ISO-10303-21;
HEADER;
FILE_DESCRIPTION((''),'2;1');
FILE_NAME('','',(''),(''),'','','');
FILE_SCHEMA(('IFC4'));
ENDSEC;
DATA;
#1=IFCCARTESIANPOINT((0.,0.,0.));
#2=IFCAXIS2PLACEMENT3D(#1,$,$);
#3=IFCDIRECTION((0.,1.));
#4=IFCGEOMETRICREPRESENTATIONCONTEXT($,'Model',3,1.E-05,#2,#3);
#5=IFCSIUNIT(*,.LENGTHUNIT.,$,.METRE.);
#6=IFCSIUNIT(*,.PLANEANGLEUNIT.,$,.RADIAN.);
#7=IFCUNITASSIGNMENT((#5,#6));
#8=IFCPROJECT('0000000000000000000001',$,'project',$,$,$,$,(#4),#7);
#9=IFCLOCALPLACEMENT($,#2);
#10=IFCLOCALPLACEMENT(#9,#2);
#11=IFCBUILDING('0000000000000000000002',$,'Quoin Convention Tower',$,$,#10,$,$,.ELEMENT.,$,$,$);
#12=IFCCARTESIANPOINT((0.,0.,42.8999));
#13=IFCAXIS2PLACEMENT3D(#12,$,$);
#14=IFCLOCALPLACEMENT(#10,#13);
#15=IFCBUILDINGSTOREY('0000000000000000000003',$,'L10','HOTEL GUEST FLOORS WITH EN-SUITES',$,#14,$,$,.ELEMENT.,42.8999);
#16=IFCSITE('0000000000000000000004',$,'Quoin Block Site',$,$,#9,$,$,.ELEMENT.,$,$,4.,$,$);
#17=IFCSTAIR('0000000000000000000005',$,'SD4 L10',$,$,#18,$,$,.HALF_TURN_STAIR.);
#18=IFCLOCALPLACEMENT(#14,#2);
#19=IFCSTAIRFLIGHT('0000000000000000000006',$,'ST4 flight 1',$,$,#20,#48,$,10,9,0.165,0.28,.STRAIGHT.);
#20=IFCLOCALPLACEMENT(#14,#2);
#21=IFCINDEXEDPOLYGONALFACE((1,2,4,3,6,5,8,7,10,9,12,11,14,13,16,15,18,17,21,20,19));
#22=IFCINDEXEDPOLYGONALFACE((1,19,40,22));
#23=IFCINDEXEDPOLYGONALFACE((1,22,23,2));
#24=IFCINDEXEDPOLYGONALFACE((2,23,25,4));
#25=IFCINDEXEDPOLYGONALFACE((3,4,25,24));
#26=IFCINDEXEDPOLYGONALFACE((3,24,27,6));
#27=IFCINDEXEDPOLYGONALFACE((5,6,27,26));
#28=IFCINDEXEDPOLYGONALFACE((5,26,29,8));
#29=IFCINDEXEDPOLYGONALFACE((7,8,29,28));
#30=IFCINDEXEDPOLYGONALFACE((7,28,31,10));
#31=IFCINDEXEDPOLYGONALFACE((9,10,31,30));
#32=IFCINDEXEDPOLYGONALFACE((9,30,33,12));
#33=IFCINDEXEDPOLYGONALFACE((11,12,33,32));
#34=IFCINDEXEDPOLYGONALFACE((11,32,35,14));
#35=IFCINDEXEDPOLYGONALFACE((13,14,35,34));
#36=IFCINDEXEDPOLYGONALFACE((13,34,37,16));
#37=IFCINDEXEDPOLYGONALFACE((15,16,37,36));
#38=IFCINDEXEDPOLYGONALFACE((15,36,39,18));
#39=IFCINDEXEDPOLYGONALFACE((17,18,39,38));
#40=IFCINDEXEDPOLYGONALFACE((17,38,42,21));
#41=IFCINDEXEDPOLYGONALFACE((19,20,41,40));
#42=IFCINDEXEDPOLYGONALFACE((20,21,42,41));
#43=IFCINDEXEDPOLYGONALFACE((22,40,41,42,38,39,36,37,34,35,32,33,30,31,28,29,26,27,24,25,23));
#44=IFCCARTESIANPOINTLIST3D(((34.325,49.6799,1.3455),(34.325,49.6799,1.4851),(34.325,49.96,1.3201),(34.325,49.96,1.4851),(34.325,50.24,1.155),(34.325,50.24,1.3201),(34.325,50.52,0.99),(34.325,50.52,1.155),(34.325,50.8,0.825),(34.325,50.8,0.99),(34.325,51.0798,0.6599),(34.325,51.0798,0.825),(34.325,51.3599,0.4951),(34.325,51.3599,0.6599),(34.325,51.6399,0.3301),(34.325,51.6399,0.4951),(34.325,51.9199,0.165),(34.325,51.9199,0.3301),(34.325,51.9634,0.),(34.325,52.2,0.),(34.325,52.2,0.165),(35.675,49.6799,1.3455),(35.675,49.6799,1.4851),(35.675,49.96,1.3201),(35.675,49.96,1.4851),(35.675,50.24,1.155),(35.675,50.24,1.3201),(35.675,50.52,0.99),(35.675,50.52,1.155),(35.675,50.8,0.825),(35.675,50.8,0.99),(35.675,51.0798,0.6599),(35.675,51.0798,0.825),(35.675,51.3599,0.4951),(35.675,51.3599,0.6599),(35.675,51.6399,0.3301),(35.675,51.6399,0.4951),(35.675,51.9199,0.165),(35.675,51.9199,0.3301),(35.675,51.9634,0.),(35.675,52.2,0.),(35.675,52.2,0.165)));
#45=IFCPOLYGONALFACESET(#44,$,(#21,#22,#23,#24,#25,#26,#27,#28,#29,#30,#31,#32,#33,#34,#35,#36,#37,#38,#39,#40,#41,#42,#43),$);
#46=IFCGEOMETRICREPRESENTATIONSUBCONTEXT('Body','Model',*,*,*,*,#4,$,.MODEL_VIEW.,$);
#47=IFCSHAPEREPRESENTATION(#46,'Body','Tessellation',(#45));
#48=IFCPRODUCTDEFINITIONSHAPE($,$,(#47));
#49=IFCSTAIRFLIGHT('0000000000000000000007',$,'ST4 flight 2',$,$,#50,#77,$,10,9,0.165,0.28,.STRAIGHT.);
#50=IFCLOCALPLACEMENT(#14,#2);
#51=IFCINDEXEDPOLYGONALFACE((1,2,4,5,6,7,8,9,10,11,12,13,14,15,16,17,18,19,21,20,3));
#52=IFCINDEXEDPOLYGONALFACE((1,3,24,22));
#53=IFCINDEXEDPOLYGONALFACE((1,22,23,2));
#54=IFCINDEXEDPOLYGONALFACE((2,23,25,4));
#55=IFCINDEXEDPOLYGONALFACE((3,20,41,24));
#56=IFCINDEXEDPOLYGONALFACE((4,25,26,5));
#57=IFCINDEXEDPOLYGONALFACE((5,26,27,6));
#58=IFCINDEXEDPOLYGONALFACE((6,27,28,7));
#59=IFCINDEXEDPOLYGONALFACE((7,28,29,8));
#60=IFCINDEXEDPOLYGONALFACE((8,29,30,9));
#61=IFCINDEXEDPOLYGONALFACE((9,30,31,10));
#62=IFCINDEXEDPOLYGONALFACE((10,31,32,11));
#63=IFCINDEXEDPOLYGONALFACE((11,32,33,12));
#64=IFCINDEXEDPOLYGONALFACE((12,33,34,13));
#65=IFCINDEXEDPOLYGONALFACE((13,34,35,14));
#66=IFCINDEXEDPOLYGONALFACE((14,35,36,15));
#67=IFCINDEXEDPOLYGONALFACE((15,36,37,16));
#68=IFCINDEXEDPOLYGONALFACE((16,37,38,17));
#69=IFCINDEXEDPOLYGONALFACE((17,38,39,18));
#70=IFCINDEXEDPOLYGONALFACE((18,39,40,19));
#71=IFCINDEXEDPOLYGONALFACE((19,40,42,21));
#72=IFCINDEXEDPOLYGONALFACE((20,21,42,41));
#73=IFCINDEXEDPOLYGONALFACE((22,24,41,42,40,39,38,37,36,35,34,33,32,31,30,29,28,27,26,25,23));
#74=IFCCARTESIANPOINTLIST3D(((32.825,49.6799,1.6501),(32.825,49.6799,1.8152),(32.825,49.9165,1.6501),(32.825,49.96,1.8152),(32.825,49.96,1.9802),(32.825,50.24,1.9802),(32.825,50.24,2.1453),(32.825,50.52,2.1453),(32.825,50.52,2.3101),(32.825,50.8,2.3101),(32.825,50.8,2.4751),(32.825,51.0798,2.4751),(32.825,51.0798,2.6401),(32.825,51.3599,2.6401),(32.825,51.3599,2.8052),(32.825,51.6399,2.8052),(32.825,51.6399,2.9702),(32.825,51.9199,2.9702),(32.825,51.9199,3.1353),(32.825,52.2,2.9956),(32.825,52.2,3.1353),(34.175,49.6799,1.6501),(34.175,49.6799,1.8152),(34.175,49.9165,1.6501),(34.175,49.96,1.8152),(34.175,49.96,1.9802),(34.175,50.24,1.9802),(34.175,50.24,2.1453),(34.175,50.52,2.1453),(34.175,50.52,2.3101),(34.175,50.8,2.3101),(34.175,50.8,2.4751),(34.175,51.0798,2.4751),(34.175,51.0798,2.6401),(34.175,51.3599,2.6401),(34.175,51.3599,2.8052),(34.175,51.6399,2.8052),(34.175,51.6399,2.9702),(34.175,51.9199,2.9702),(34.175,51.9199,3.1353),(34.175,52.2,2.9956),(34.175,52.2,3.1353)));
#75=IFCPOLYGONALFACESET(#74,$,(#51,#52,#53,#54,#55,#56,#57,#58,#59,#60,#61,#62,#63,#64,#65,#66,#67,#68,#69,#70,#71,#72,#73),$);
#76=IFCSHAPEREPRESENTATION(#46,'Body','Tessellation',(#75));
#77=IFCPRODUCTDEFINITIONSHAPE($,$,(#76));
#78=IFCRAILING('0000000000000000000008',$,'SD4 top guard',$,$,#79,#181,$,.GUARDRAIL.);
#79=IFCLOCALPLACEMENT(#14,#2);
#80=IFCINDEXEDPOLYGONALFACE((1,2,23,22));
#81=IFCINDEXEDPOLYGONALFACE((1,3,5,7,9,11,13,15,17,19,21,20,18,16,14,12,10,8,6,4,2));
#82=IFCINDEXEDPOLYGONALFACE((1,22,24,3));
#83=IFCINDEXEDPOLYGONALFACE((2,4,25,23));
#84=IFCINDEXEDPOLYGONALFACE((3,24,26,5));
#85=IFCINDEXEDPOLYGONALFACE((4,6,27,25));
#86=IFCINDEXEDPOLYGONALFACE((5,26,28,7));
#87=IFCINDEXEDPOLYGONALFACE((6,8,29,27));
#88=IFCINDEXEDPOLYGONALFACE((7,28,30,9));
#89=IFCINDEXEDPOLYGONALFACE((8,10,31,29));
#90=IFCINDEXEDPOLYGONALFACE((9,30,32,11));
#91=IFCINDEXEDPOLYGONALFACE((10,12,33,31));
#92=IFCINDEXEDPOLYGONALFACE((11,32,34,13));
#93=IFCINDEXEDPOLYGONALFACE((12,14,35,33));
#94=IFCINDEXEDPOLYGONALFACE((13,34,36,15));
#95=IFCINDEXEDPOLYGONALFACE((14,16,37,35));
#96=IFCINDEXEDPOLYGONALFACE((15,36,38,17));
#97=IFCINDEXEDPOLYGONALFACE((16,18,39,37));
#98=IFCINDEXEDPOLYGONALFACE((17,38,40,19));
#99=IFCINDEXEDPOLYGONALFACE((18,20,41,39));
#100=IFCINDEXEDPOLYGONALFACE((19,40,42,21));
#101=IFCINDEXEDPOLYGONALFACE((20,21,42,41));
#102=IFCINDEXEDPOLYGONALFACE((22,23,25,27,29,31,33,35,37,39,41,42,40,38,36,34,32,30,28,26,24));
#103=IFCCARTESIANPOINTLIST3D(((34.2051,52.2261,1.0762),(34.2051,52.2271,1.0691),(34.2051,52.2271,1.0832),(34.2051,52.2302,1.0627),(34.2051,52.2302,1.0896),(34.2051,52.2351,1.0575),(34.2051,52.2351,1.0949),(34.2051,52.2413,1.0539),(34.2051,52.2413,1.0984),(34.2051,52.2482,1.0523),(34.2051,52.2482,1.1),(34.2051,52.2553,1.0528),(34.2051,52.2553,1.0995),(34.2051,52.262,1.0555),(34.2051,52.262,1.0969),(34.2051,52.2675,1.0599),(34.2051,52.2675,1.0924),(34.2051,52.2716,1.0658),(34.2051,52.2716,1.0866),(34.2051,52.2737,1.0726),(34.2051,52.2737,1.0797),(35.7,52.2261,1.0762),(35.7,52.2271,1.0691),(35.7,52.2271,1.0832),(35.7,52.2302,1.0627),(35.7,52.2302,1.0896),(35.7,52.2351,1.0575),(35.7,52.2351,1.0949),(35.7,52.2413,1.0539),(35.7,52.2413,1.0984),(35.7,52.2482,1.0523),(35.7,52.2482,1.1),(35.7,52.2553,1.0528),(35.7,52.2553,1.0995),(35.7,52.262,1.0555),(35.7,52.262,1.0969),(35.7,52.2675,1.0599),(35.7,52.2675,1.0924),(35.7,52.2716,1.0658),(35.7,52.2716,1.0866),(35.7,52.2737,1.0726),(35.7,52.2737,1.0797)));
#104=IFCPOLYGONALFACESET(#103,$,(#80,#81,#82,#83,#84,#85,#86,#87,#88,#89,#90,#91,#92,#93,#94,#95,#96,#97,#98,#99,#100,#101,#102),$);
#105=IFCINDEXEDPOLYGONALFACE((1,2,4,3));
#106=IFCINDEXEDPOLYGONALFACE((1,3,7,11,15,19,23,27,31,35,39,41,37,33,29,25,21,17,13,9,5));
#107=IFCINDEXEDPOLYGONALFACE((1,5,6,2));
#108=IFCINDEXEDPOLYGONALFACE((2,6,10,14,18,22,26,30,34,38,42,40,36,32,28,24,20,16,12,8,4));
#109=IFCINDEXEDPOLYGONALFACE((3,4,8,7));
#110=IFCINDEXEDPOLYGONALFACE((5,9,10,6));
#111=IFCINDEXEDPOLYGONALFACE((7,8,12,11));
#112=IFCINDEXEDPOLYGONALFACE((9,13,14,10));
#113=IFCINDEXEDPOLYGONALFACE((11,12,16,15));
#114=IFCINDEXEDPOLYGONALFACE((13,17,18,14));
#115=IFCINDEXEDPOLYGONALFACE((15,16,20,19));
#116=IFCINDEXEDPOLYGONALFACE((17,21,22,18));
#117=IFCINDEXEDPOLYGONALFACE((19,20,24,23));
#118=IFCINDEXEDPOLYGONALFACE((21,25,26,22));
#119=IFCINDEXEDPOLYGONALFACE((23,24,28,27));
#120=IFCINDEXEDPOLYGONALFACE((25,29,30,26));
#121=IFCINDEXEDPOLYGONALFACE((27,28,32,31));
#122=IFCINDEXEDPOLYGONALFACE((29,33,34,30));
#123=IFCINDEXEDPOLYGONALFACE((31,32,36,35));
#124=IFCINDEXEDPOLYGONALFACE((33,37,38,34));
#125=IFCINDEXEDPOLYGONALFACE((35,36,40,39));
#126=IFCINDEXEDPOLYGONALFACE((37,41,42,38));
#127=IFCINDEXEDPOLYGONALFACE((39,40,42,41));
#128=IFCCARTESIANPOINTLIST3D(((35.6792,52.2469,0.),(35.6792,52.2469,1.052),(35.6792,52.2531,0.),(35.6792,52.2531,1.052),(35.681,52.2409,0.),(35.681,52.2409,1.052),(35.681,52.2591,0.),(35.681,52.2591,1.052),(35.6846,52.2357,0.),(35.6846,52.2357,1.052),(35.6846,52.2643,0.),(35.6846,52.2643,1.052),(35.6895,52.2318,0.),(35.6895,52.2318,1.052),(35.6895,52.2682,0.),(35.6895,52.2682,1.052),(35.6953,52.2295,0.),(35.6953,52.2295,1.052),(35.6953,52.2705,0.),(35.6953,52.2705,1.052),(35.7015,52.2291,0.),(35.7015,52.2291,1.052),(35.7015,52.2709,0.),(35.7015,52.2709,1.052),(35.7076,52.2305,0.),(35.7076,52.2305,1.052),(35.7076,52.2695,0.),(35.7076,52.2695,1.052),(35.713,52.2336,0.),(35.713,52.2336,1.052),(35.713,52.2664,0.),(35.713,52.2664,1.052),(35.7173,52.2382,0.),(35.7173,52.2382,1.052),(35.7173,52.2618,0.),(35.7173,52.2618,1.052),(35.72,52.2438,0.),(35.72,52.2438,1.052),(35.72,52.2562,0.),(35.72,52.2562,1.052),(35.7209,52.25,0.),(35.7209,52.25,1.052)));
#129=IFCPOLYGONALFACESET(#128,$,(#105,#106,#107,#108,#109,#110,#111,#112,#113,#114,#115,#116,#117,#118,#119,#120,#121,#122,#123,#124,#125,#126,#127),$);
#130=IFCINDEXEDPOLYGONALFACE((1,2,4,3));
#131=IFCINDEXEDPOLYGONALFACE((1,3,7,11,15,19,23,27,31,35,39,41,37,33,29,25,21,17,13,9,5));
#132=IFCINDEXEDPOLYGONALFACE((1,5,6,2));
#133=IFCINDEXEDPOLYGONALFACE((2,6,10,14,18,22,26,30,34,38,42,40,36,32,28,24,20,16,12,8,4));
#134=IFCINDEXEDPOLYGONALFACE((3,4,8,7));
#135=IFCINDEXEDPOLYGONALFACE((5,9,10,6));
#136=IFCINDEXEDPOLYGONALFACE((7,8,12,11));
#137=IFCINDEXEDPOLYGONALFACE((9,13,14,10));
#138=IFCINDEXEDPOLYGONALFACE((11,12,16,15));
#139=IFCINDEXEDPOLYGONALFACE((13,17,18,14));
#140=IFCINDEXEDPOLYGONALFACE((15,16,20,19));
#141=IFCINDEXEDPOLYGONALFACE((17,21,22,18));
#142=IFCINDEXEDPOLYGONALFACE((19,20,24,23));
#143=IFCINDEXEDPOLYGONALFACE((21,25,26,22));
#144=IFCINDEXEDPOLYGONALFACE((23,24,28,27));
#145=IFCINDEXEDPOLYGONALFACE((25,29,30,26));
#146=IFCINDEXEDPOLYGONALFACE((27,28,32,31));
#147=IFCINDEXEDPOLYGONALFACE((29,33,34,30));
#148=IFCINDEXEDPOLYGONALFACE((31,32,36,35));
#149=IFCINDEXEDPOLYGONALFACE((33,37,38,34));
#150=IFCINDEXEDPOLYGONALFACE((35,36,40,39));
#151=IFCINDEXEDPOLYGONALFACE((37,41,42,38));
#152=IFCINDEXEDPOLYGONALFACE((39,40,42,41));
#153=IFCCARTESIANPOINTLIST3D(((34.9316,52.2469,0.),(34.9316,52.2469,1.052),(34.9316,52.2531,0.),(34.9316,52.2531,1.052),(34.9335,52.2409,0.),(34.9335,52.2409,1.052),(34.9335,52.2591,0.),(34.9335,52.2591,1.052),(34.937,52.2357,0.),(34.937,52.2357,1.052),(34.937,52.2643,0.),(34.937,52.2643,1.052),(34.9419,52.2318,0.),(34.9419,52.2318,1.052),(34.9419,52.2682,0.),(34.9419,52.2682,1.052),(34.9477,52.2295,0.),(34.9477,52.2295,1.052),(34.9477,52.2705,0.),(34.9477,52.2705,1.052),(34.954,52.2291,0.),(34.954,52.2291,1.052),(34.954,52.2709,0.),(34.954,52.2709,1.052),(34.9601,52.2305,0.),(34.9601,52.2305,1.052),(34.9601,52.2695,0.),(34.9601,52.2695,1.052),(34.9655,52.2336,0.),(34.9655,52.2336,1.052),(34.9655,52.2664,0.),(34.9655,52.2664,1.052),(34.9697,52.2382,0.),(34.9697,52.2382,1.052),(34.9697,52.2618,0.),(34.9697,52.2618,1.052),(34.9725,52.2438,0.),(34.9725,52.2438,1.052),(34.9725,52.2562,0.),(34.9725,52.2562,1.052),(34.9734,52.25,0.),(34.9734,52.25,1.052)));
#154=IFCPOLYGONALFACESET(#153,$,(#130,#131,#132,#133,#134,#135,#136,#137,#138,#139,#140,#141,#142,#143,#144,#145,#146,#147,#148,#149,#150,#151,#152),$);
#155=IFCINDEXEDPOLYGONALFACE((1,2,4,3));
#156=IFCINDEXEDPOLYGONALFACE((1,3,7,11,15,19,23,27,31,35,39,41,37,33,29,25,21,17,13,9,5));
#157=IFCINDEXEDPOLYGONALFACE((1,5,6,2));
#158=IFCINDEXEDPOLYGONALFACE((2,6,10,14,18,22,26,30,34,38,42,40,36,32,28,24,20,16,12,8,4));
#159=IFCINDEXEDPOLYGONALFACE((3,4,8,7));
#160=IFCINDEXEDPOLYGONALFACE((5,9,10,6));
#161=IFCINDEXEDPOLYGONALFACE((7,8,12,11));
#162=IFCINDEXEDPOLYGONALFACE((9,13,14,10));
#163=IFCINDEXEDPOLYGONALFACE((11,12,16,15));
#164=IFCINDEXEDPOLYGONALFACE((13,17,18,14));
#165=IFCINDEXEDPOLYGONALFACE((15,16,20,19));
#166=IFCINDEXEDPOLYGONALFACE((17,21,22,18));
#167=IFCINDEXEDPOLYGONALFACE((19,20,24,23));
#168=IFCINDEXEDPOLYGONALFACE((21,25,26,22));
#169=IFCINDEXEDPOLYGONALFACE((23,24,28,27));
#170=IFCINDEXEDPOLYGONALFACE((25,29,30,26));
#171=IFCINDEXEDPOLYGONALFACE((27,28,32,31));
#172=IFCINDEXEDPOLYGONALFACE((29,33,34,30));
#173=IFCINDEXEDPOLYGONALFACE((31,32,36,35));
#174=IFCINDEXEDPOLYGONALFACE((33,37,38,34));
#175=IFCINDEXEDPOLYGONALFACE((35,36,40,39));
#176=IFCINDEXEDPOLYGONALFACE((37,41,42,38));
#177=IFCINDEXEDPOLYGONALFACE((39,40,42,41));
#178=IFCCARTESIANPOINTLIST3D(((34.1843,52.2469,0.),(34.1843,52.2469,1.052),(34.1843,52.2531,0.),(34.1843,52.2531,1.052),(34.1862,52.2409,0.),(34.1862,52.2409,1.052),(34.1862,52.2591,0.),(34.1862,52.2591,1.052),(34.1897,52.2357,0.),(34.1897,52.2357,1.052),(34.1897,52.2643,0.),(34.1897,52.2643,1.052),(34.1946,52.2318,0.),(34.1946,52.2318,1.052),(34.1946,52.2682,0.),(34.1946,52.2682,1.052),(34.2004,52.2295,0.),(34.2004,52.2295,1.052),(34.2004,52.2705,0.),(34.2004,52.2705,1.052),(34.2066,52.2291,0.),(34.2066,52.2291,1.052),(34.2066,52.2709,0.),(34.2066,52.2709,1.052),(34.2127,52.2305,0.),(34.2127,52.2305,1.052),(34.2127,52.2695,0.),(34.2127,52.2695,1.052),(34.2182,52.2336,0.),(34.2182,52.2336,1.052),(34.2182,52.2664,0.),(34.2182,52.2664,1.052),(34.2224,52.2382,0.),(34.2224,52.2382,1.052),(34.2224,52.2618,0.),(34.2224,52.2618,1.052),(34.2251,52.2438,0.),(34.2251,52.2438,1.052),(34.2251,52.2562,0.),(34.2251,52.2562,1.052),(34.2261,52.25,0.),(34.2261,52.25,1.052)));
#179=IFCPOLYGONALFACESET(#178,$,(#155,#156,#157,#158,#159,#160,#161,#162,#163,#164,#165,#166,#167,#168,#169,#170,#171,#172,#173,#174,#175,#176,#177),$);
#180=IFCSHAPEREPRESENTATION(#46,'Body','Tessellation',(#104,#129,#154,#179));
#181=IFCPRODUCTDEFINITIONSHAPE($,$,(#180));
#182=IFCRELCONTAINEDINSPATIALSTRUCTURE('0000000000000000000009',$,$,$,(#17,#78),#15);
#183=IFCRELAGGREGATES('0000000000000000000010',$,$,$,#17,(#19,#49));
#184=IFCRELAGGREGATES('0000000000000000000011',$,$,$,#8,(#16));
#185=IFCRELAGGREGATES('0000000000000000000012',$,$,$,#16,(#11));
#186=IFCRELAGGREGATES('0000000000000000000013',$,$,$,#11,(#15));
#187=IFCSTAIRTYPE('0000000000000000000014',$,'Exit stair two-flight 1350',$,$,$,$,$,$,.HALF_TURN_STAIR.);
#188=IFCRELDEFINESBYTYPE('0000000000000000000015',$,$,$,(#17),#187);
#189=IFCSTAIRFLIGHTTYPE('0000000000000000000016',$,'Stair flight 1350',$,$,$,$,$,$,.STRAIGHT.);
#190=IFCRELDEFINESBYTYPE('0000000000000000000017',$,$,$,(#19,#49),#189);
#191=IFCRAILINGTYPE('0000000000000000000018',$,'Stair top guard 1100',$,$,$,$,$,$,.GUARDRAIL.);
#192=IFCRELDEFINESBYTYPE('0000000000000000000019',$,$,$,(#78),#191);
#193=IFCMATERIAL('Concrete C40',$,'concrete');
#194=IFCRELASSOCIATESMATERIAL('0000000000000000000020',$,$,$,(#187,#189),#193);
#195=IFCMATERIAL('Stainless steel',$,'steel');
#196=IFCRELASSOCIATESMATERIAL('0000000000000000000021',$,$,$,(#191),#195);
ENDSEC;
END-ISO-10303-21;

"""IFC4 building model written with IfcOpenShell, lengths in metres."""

from ifc_helpers import new_model, si_unit, direction, frame, origin, origin_2d, place, context, subcontext, project, spatial, polyline, circle, outline, extrude, material, type_object, element, aggregate, save


model = new_model("IFC4")

# Units and contexts
model_context = context("Model", 3, precision=1e-05, world=origin(), true_north=direction((0.0, 1.0)))
body_context = subcontext(model_context, "Body", "Model", "MODEL_VIEW")
ifc_project = project(units=[si_unit("LENGTHUNIT", "METRE"), si_unit("PLANEANGLEUNIT", "RADIAN")], contexts=[model_context])

# Site, building, storey
site_placement = place(None, origin())
site = spatial("IfcSite", under=ifc_project, at=site_placement, Name="Quoin Block Site", CompositionType="ELEMENT", RefElevation=4.0)
building_placement = place(site_placement, origin())
building = spatial("IfcBuilding", under=site, at=building_placement, Name="Quoin Convention Tower", CompositionType="ELEMENT")
storey_placement = place(building_placement, frame((0.0, 0.0, 42.8999)))
storey = spatial("IfcBuildingStorey", under=building, at=storey_placement, Name="L10", Description="HOTEL GUEST FLOORS WITH EN-SUITES", CompositionType="ELEMENT", Elevation=42.8999)

# Shared definitions
ifc_material_1 = material(Name="Concrete C40", Category="concrete")
stair_type = type_object("IfcStairType", Name="Exit stair two-flight 1350", PredefinedType="HALF_TURN_STAIR", material=ifc_material_1)
stair_flight_type = type_object("IfcStairFlightType", Name="Stair flight 1350", PredefinedType="STRAIGHT", material=ifc_material_1)

# Stair, stair flights
stair_1_placement = place(storey_placement, origin())
stair_1 = element("IfcStair", 1, at=stair_1_placement, inside=storey, type_object=stair_type, Name="SD4 L10", PredefinedType="HALF_TURN_STAIR")
stair_flight_1_placement = place(storey_placement, frame((35.0, 52.2, 0.0), z_axis=(0.0, 0.0, 1.0), x_axis=(0.0, -1.0, 0.0)))
stair_flight_1 = element("IfcStairFlight", 2, at=stair_flight_1_placement, type_object=stair_flight_type, Name="ST4 flight 1", NumberOfRisers=10, NumberOfTreads=9, PredefinedType="STRAIGHT", RiserHeight=0.165, TreadLength=0.28, context=body_context, shape_type="SweptSolid", body=[
    extrude(outline(polyline([(0.0, 0.0), (0.0, 0.165), (0.28, 0.165), (0.28, 0.3301), (0.5601, 0.3301), (0.5601, 0.4951), (0.8401, 0.4951), (0.8401, 0.6599), (1.1201, 0.6599), (1.1201, 0.825), (1.3999, 0.825), (1.3999, 0.99), (1.6799, 0.99), (1.6799, 1.155), (1.96, 1.155), (1.96, 1.3201), (2.24, 1.3201), (2.24, 1.4851), (2.52, 1.4851), (2.52, 1.6499), (2.52, 1.3455), (0.2366, 0.0), (0.0, 0.0)])), frame((0.0, 0.675, 0.0), z_axis=(0.0, -1.0, 0.0), x_axis=(1.0, 0.0, 0.0)), (0.0, 0.0, 1.0), 1.3501),
])
stair_flight_2_placement = place(storey_placement, frame((33.5, 49.6799, 1.6501), z_axis=(0.0, 0.0, 1.0), x_axis=(0.0, 1.0, 0.0)))
stair_flight_2 = element("IfcStairFlight", 3, at=stair_flight_2_placement, type_object=stair_flight_type, Name="ST4 flight 2", NumberOfRisers=10, NumberOfTreads=9, PredefinedType="STRAIGHT", RiserHeight=0.165, TreadLength=0.28, context=body_context, shape_type="SweptSolid", body=[
    extrude(outline(polyline([(0.0, 0.0), (0.0, 0.165), (0.28, 0.165), (0.28, 0.3301), (0.5601, 0.3301), (0.5601, 0.4951), (0.8401, 0.4951), (0.8401, 0.6599), (1.1201, 0.6599), (1.1201, 0.825), (1.3999, 0.825), (1.3999, 0.99), (1.6799, 0.99), (1.6799, 1.155), (1.96, 1.155), (1.96, 1.3201), (2.24, 1.3201), (2.24, 1.4851), (2.52, 1.4851), (2.52, 1.6499), (2.52, 1.3455), (0.2366, 0.0), (0.0, 0.0)])), frame((0.0, 0.675, 0.0), z_axis=(0.0, -1.0, 0.0), x_axis=(1.0, 0.0, 0.0)), (0.0, 0.0, 1.0), 1.3501),
])
aggregate(stair_1, [stair_flight_1, stair_flight_2])

# Railing
ifc_material_2 = material(Name="Stainless steel", Category="steel")
railing_type_1 = type_object("IfcRailingType", Name="Stair top guard 1100", PredefinedType="GUARDRAIL", material=ifc_material_2)
railing_1_placement = place(storey_placement, frame((35.7, 52.25, 0.0)))
element("IfcRailing", 4, at=railing_1_placement, inside=storey, type_object=railing_type_1, Name="SD4 top guard", PredefinedType="GUARDRAIL", context=body_context, shape_type="SweptSolid", body=[
    extrude(circle(Radius=0.0239, at=origin_2d()), frame((0.0, 0.0, 1.0762), z_axis=(-1.0, 0.0, 0.0), x_axis=(0.0, -1.0, 0.0)), (0.0, 0.0, 1.0), 1.4949),
    extrude(circle(Radius=0.021, at=origin_2d()), origin(), (0.0, 0.0, 1.0), 1.052),
    extrude(circle(Radius=0.021, at=origin_2d()), frame((-0.7476, 0.0, 0.0)), (0.0, 0.0, 1.0), 1.052),
    extrude(circle(Radius=0.021, at=origin_2d()), frame((-1.4949, 0.0, 0.0)), (0.0, 0.0, 1.0), 1.052),
])

save(model, "model.ifc")
